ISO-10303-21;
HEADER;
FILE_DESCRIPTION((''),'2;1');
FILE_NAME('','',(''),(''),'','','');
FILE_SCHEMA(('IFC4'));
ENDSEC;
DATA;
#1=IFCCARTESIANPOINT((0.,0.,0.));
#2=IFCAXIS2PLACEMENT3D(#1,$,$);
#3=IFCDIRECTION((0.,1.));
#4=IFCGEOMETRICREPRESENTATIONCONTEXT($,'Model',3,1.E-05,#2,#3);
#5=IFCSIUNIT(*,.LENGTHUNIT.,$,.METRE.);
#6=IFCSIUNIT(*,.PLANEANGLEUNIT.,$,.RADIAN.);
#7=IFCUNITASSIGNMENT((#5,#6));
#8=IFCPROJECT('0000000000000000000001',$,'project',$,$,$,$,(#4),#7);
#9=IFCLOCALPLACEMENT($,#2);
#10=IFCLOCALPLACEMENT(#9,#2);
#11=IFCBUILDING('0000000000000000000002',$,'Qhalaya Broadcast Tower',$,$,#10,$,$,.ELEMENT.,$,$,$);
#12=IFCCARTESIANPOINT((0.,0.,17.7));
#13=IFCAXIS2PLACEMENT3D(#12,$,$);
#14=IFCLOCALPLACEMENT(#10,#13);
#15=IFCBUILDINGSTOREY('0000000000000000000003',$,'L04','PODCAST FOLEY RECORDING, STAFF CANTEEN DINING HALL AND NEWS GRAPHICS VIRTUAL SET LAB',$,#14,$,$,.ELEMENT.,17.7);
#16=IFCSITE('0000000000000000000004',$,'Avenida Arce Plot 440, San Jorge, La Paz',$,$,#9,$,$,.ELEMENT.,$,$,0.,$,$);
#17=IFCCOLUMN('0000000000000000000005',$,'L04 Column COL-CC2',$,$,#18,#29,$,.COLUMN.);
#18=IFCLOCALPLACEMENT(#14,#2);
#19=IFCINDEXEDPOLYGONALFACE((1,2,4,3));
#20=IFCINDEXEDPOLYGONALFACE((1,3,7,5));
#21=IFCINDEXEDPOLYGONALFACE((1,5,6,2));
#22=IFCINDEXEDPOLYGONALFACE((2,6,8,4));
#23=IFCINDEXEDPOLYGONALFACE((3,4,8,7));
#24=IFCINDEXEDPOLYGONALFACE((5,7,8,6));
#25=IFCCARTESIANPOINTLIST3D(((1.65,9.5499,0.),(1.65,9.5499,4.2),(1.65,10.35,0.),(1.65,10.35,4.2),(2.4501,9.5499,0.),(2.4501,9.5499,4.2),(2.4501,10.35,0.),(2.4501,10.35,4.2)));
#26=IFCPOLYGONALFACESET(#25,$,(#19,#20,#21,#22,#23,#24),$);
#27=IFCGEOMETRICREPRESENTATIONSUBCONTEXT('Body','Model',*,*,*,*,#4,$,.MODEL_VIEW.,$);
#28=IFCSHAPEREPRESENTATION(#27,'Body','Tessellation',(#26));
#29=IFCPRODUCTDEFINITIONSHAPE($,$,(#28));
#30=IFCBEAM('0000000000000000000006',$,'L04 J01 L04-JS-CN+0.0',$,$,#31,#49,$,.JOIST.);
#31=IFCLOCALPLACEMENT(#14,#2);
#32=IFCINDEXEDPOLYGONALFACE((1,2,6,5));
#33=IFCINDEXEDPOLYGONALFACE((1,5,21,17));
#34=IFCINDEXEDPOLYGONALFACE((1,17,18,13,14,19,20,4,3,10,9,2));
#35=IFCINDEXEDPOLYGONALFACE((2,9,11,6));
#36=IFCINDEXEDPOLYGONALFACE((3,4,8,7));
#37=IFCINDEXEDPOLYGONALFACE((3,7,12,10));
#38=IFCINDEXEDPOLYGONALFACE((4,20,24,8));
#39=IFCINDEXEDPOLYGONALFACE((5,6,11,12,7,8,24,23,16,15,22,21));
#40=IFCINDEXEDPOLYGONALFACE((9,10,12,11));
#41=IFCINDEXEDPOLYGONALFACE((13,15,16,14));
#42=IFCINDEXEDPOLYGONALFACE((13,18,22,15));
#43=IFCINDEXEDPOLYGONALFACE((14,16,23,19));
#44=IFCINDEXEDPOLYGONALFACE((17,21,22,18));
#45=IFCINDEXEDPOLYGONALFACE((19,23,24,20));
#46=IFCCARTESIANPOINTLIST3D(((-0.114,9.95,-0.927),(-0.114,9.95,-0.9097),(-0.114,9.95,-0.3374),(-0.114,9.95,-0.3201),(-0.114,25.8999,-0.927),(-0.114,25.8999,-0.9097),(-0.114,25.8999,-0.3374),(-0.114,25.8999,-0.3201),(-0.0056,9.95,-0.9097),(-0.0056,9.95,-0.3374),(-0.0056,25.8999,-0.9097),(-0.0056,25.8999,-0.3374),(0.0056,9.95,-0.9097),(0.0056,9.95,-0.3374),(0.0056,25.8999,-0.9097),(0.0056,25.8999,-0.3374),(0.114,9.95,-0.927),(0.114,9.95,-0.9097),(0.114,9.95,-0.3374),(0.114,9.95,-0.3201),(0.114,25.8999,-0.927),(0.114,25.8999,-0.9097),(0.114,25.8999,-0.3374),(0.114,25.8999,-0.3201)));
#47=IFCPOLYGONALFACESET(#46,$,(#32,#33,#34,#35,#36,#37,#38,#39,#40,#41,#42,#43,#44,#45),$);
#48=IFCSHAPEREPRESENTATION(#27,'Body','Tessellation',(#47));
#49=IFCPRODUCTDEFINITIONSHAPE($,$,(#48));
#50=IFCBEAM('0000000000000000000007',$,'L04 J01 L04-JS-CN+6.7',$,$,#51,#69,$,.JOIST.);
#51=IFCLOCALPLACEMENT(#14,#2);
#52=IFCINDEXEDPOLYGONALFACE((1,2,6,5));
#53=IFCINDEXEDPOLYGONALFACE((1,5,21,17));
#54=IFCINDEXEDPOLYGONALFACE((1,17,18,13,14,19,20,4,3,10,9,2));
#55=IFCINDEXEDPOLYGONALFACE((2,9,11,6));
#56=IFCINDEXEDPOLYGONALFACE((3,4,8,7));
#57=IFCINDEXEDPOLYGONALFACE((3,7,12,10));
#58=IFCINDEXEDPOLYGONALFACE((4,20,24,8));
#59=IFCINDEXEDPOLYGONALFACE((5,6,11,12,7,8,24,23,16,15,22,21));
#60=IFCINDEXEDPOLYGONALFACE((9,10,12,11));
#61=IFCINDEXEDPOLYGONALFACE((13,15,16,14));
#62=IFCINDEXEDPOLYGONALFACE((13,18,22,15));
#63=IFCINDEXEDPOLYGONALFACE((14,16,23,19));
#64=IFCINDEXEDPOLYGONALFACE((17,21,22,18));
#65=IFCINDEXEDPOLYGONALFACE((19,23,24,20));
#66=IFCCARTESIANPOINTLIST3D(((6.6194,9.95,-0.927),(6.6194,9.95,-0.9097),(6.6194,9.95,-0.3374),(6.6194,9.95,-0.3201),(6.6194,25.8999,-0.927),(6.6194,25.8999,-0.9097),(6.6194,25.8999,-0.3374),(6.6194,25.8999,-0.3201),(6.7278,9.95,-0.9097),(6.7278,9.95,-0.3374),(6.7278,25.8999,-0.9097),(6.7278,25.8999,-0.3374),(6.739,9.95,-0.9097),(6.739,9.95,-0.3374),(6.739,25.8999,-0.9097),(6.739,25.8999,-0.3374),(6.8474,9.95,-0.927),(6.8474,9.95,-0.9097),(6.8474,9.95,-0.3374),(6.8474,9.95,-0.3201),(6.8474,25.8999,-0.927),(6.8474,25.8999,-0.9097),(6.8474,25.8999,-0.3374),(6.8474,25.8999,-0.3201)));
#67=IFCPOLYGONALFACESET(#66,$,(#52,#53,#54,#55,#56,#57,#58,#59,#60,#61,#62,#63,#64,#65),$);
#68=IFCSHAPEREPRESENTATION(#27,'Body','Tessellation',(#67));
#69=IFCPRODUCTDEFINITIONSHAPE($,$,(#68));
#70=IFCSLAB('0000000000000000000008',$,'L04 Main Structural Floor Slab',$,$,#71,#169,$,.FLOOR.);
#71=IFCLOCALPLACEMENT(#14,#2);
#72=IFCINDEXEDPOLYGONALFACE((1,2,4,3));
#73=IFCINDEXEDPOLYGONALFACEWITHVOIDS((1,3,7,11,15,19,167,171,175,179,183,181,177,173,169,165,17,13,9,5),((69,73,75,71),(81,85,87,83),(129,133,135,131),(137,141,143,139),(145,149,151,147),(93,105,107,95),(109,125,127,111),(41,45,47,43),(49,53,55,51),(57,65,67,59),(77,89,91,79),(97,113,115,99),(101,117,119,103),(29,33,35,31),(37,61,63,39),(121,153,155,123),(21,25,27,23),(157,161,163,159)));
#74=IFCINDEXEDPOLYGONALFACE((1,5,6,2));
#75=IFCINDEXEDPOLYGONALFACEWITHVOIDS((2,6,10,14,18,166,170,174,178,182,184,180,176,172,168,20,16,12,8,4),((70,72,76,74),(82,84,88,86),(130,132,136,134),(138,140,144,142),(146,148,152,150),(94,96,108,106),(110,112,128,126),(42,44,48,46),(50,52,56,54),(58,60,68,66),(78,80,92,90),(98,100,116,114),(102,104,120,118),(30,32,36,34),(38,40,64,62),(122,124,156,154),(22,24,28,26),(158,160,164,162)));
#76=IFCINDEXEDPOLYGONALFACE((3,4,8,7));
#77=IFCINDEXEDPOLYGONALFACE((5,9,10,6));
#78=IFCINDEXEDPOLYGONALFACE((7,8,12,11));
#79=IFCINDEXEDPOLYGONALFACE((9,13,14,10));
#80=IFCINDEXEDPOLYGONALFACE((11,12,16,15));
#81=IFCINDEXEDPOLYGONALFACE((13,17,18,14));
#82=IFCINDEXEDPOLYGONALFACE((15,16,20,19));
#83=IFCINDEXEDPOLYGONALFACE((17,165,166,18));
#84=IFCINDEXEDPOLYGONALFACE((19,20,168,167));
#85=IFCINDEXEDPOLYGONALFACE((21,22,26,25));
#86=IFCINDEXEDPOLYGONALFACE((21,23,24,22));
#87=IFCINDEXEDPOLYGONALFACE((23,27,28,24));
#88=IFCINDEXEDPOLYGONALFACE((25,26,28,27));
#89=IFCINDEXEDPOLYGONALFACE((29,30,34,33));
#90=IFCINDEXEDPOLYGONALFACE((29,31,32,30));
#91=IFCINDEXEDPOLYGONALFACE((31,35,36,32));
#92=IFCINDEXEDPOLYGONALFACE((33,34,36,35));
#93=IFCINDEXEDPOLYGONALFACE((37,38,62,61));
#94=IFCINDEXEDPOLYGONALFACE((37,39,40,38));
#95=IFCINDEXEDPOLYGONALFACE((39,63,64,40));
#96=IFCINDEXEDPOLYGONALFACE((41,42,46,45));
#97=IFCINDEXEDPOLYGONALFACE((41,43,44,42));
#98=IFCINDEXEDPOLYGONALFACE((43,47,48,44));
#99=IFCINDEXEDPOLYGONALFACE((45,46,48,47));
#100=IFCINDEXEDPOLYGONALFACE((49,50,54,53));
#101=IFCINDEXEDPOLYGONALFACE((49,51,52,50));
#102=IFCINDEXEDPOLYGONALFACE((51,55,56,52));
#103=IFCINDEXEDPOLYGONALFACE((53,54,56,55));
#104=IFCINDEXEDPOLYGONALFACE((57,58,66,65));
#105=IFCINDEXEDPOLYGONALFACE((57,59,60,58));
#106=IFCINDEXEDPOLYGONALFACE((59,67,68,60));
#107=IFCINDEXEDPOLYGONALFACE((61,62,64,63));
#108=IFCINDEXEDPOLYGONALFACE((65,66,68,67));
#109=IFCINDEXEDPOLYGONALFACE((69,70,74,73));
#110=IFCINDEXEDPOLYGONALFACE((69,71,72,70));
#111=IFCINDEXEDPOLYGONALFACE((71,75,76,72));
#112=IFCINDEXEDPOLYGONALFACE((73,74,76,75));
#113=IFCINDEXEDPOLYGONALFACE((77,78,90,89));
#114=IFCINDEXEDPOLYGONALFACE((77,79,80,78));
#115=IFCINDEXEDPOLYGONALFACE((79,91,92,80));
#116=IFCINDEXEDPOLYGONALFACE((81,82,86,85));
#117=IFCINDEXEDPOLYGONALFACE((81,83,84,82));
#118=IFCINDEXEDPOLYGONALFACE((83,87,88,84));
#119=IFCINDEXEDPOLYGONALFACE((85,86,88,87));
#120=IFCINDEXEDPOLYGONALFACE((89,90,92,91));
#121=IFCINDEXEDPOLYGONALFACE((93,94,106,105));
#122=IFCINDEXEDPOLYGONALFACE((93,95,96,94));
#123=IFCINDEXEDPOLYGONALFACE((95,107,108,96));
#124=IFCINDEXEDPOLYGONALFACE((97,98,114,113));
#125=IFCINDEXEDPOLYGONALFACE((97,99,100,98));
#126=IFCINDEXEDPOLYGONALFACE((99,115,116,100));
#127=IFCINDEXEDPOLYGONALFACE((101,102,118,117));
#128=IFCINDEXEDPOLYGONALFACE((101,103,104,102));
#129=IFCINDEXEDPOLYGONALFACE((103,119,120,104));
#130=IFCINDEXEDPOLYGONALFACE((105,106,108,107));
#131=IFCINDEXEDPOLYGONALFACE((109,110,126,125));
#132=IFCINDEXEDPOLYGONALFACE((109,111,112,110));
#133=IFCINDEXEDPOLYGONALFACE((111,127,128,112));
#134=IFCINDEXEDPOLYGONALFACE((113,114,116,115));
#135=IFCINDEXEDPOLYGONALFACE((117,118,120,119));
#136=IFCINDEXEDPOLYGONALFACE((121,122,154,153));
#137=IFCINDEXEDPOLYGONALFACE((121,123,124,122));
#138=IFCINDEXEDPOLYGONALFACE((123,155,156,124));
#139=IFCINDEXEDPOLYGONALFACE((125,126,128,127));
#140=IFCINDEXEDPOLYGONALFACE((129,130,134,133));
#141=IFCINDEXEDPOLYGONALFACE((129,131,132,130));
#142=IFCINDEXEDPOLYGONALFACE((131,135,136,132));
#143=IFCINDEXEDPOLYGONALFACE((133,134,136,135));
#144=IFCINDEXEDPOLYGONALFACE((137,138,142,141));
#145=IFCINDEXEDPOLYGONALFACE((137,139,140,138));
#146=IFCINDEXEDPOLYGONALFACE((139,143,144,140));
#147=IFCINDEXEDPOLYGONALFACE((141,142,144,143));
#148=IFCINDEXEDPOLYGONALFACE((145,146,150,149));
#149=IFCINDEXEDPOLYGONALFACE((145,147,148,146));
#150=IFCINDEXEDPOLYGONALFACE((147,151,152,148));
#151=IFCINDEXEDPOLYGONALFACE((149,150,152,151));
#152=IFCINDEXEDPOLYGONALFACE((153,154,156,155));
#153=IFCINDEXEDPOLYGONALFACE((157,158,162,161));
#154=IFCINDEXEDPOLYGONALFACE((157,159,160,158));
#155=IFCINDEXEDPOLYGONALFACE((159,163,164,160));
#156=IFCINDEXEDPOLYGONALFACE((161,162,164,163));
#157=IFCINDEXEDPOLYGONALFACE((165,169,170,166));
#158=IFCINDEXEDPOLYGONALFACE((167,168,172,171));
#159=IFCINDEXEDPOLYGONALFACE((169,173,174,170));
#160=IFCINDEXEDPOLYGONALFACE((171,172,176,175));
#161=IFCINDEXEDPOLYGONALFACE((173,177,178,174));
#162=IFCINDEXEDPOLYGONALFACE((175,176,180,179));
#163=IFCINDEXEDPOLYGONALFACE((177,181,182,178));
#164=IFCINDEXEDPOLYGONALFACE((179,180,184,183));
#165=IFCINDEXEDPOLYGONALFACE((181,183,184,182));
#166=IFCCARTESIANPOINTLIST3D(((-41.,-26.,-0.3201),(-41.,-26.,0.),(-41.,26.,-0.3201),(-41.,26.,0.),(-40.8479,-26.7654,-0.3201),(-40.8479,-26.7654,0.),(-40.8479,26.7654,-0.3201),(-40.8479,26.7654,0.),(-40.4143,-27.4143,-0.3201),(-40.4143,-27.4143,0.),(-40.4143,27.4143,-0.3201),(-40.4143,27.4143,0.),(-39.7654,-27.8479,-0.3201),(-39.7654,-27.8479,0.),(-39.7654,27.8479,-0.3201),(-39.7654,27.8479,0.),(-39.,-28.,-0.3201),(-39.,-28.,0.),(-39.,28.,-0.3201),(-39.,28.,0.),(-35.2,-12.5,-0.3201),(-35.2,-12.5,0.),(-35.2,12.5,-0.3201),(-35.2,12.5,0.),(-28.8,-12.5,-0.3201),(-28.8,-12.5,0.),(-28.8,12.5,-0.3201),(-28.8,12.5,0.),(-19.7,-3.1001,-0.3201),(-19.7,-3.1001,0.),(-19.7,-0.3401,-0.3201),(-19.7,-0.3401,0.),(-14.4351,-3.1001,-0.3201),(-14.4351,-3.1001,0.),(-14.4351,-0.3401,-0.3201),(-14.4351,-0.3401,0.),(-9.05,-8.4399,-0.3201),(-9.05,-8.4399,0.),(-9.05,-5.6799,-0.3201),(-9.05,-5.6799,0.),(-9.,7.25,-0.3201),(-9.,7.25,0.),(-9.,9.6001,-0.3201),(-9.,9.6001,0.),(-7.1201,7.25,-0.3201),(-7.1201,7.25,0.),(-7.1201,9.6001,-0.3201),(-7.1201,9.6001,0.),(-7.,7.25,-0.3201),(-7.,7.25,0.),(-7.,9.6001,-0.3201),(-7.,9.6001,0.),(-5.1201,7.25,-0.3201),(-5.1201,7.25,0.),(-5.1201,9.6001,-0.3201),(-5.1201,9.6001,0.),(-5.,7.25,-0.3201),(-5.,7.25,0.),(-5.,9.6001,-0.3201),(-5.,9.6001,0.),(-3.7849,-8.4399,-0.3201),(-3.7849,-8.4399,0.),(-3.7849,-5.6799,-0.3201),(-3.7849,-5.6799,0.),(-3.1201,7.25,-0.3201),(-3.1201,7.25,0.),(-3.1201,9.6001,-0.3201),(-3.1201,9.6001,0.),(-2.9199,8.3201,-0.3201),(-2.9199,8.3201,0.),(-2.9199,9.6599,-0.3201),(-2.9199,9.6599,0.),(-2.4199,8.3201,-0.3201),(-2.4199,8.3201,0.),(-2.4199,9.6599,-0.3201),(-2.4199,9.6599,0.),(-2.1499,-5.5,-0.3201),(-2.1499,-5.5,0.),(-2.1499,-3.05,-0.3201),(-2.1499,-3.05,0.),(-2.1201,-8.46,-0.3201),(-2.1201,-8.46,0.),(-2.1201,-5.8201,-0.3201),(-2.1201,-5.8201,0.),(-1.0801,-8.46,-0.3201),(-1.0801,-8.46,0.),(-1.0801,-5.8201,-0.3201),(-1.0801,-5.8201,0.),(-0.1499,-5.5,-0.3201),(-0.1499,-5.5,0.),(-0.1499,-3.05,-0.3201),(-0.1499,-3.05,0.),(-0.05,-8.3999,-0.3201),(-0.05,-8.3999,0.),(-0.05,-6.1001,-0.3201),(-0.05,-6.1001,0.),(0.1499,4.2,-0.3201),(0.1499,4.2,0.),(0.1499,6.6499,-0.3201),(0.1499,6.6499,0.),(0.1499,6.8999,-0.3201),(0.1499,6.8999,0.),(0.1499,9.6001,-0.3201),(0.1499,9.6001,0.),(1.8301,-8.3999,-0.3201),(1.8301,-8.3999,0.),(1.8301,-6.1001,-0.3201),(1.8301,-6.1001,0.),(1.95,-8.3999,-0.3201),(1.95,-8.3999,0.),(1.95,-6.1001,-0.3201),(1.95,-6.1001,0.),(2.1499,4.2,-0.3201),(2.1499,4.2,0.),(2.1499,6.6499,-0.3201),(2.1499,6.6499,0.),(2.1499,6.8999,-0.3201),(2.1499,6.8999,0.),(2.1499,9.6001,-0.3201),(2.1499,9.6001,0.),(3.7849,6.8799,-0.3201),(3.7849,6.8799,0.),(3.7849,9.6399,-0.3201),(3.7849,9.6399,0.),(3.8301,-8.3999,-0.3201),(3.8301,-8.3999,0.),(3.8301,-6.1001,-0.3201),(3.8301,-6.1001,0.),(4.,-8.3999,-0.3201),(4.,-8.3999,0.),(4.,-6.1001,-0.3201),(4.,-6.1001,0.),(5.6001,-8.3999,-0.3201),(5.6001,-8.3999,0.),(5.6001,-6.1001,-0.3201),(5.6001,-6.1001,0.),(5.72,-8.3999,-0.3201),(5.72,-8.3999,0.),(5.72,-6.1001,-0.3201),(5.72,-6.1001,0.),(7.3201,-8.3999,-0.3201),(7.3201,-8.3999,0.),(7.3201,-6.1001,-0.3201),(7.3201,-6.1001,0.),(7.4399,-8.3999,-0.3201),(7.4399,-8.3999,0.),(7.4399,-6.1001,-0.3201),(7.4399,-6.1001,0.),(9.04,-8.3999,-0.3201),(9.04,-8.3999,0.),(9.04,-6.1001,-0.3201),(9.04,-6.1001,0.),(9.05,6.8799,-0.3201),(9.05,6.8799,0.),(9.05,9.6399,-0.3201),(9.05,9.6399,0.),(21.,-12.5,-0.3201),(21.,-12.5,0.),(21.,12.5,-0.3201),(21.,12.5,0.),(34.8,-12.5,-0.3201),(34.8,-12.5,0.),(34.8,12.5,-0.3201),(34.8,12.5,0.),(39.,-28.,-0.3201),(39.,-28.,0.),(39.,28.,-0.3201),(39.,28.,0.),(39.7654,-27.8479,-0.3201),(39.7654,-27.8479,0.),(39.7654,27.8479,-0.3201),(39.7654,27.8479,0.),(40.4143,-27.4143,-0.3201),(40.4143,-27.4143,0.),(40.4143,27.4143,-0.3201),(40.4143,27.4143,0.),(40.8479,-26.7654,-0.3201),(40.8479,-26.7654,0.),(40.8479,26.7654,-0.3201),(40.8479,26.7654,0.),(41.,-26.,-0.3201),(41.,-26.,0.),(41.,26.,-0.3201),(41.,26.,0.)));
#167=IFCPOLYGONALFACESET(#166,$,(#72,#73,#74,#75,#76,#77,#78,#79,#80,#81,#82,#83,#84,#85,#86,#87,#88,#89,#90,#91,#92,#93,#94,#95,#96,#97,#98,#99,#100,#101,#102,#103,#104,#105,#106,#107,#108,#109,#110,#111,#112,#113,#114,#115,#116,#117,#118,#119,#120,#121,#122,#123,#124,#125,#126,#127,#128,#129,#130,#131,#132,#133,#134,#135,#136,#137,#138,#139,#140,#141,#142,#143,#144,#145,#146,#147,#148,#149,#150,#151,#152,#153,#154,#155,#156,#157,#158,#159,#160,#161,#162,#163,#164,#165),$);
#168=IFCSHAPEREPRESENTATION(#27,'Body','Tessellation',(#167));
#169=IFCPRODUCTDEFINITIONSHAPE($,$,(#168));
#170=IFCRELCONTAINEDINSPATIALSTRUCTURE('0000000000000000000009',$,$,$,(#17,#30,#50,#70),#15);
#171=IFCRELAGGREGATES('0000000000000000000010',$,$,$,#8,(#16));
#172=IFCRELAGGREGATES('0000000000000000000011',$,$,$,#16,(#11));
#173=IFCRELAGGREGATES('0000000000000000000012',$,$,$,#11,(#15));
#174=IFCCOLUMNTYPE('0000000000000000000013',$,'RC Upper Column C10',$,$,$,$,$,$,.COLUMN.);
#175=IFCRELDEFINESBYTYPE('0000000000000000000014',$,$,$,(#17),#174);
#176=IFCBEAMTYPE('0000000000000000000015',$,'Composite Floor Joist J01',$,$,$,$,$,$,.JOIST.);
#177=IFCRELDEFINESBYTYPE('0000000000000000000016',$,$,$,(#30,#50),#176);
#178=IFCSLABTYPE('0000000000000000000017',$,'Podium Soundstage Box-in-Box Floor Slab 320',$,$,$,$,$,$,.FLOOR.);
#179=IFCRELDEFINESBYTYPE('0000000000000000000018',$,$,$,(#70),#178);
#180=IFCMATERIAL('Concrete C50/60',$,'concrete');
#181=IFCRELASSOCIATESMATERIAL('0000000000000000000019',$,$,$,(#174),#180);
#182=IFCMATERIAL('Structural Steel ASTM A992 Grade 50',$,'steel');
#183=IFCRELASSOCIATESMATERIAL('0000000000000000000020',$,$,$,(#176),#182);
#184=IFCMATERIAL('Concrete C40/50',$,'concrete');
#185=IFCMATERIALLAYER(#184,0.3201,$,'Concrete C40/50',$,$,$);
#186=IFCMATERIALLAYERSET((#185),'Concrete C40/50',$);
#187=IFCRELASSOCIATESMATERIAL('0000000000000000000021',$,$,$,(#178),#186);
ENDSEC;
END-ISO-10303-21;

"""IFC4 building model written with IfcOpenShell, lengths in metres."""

from ifc_helpers import new_model, si_unit, direction, frame, origin, origin_2d, place, context, subcontext, project, spatial, polyline, rectangle, i_section, outline, extrude, material, layer, layer_set, material_profile, profile_set, type_object, element, save


model = new_model("IFC4")

# Units and contexts
model_context = context("Model", 3, precision=1e-05, world=origin(), true_north=direction((0.0, 1.0)))
body_context = subcontext(model_context, "Body", "Model", "MODEL_VIEW")
ifc_project = project(units=[si_unit("LENGTHUNIT", "METRE"), si_unit("PLANEANGLEUNIT", "RADIAN")], contexts=[model_context])

# Site, building, storey
site_placement = place(None, origin())
site = spatial("IfcSite", under=ifc_project, at=site_placement, Name="Avenida Arce Plot 440, San Jorge, La Paz", CompositionType="ELEMENT", RefElevation=0.0)
building_placement = place(site_placement, origin())
building = spatial("IfcBuilding", under=site, at=building_placement, Name="Qhalaya Broadcast Tower", CompositionType="ELEMENT")
storey_placement = place(building_placement, frame((0.0, 0.0, 17.7)))
storey = spatial("IfcBuildingStorey", under=building, at=storey_placement, Name="L04", Description="PODCAST FOLEY RECORDING, STAFF CANTEEN DINING HALL AND NEWS GRAPHICS VIRTUAL SET LAB", CompositionType="ELEMENT", Elevation=17.7)

# Column
ifc_material_1 = material(Name="Concrete C50/60", Category="concrete")
ifc_material_profile_1 = material_profile(ifc_material_1, rectangle(XDim=0.8, YDim=0.8, at=origin_2d()), Name="RC-COL 800x800")
ifc_profile_set_1 = profile_set([ifc_material_profile_1], Name="Concrete C50/60")
column_type = type_object("IfcColumnType", Name="RC Upper Column C10", PredefinedType="COLUMN", material=ifc_profile_set_1)
column_placement = place(storey_placement, frame((2.05, 9.95, 0.0), z_axis=(0.0, 0.0, 1.0), x_axis=(1.0, 0.0, 0.0)))
element("IfcColumn", 1, at=column_placement, inside=storey, type_object=column_type, Name="L04 Column COL-CC2", PredefinedType="COLUMN", context=body_context, shape_type="SweptSolid", body=[
    extrude(rectangle(XDim=0.8, YDim=0.8, at=origin_2d()), origin(), (0.0, 0.0, 1.0), 4.2),
])

# Beams
ifc_material_2 = material(Name="Structural Steel ASTM A992 Grade 50", Category="steel")
ifc_material_profile_2 = material_profile(ifc_material_2, i_section(OverallWidth=0.228, OverallDepth=0.6069, WebThickness=0.0112, FlangeThickness=0.0173, at=origin_2d()), Name="W24X76")
ifc_profile_set_2 = profile_set([ifc_material_profile_2], Name="Structural Steel ASTM A992 Grade 50")
beam_type = type_object("IfcBeamType", Name="Composite Floor Joist J01", PredefinedType="JOIST", material=ifc_profile_set_2)
for number, where, z_axis, x_axis, name in (
    (2, (0.0, 9.95, -0.6235), (0.0, 1.0, 0.0), (-1.0, 0.0, 0.0), "L04 J01 L04-JS-CN+0.0"),
    (3, (6.7334, 9.95, -0.6235), (0.0, 1.0, 0.0), (-1.0, 0.0, 0.0), "L04 J01 L04-JS-CN+6.7"),
):
    element("IfcBeam", number, at=place(storey_placement, frame(where, z_axis=z_axis, x_axis=x_axis)), inside=storey, type_object=beam_type, Name=name, PredefinedType="JOIST", context=body_context, shape_type="SweptSolid", body=[
        extrude(i_section(OverallWidth=0.228, OverallDepth=0.6069, WebThickness=0.0112, FlangeThickness=0.0173, at=origin_2d()), origin(), (0.0, 0.0, 1.0), 15.95),
    ])

# Slab
ifc_material_3 = material(Name="Concrete C40/50", Category="concrete")
ifc_layer_1 = layer(ifc_material_3, 0.3201, Name="Concrete C40/50")
ifc_layer_set_1 = layer_set([ifc_layer_1], Name="Concrete C40/50")
slab_type_1 = type_object("IfcSlabType", Name="Podium Soundstage Box-in-Box Floor Slab 320", PredefinedType="FLOOR", material=ifc_layer_set_1)
slab_1_placement = place(storey_placement, frame((0.0, 0.0, -0.3201)))
element("IfcSlab", 4, at=slab_1_placement, inside=storey, type_object=slab_type_1, Name="L04 Main Structural Floor Slab", PredefinedType="FLOOR", context=body_context, shape_type="SweptSolid", body=[
    extrude(outline(polyline([(39.0, -28.0), (39.7654, -27.8479), (40.4143, -27.4143), (40.8479, -26.7654), (41.0, -26.0), (41.0, 26.0), (40.8479, 26.7654), (40.4143, 27.4143), (39.7654, 27.8479), (39.0, 28.0), (-39.0, 28.0), (-39.7654, 27.8479), (-40.4143, 27.4143), (-40.8479, 26.7654), (-41.0, 26.0), (-41.0, -26.0), (-40.8479, -26.7654), (-40.4143, -27.4143), (-39.7654, -27.8479), (-39.0, -28.0), (39.0, -28.0)]), holes=[polyline([(3.7849, 9.6399), (9.05, 9.6399), (9.05, 6.8799), (3.7849, 6.8799), (3.7849, 9.6399)]), polyline([(-3.7849, -8.4399), (-9.05, -8.4399), (-9.05, -5.6799), (-3.7849, -5.6799), (-3.7849, -8.4399)]), polyline([(-14.4351, -3.1001), (-19.7, -3.1001), (-19.7, -0.3401), (-14.4351, -0.3401), (-14.4351, -3.1001)]), polyline([(0.1499, 6.6499), (2.1499, 6.6499), (2.1499, 4.2), (0.1499, 4.2), (0.1499, 6.6499)]), polyline([(0.1499, 9.6001), (2.1499, 9.6001), (2.1499, 6.8999), (0.1499, 6.8999), (0.1499, 9.6001)]), polyline([(-2.1499, -3.05), (-0.1499, -3.05), (-0.1499, -5.5), (-2.1499, -5.5), (-2.1499, -3.05)]), polyline([(-9.0, 9.6001), (-7.1201, 9.6001), (-7.1201, 7.25), (-9.0, 7.25), (-9.0, 9.6001)]), polyline([(-7.0, 9.6001), (-5.1201, 9.6001), (-5.1201, 7.25), (-7.0, 7.25), (-7.0, 9.6001)]), polyline([(-5.0, 9.6001), (-3.1201, 9.6001), (-3.1201, 7.25), (-5.0, 7.25), (-5.0, 9.6001)]), polyline([(-0.05, -6.1001), (1.8301, -6.1001), (1.8301, -8.3999), (-0.05, -8.3999), (-0.05, -6.1001)]), polyline([(1.95, -6.1001), (3.8301, -6.1001), (3.8301, -8.3999), (1.95, -8.3999), (1.95, -6.1001)]), polyline([(4.0, -6.1001), (5.6001, -6.1001), (5.6001, -8.3999), (4.0, -8.3999), (4.0, -6.1001)]), polyline([(5.72, -6.1001), (7.3201, -6.1001), (7.3201, -8.3999), (5.72, -8.3999), (5.72, -6.1001)]), polyline([(7.4399, -6.1001), (9.04, -6.1001), (9.04, -8.3999), (7.4399, -8.3999), (7.4399, -6.1001)]), polyline([(-2.9199, 9.6599), (-2.4199, 9.6599), (-2.4199, 8.3201), (-2.9199, 8.3201), (-2.9199, 9.6599)]), polyline([(-2.1201, -5.8201), (-1.0801, -5.8201), (-1.0801, -8.46), (-2.1201, -8.46), (-2.1201, -5.8201)]), polyline([(-35.2, 12.5), (-28.8, 12.5), (-28.8, -12.5), (-35.2, -12.5), (-35.2, 12.5)]), polyline([(21.0, 12.5), (34.8, 12.5), (34.8, -12.5), (21.0, -12.5), (21.0, 12.5)])]), origin(), (0.0, 0.0, 1.0), 0.3201),
])

save(model, "model.ifc")
